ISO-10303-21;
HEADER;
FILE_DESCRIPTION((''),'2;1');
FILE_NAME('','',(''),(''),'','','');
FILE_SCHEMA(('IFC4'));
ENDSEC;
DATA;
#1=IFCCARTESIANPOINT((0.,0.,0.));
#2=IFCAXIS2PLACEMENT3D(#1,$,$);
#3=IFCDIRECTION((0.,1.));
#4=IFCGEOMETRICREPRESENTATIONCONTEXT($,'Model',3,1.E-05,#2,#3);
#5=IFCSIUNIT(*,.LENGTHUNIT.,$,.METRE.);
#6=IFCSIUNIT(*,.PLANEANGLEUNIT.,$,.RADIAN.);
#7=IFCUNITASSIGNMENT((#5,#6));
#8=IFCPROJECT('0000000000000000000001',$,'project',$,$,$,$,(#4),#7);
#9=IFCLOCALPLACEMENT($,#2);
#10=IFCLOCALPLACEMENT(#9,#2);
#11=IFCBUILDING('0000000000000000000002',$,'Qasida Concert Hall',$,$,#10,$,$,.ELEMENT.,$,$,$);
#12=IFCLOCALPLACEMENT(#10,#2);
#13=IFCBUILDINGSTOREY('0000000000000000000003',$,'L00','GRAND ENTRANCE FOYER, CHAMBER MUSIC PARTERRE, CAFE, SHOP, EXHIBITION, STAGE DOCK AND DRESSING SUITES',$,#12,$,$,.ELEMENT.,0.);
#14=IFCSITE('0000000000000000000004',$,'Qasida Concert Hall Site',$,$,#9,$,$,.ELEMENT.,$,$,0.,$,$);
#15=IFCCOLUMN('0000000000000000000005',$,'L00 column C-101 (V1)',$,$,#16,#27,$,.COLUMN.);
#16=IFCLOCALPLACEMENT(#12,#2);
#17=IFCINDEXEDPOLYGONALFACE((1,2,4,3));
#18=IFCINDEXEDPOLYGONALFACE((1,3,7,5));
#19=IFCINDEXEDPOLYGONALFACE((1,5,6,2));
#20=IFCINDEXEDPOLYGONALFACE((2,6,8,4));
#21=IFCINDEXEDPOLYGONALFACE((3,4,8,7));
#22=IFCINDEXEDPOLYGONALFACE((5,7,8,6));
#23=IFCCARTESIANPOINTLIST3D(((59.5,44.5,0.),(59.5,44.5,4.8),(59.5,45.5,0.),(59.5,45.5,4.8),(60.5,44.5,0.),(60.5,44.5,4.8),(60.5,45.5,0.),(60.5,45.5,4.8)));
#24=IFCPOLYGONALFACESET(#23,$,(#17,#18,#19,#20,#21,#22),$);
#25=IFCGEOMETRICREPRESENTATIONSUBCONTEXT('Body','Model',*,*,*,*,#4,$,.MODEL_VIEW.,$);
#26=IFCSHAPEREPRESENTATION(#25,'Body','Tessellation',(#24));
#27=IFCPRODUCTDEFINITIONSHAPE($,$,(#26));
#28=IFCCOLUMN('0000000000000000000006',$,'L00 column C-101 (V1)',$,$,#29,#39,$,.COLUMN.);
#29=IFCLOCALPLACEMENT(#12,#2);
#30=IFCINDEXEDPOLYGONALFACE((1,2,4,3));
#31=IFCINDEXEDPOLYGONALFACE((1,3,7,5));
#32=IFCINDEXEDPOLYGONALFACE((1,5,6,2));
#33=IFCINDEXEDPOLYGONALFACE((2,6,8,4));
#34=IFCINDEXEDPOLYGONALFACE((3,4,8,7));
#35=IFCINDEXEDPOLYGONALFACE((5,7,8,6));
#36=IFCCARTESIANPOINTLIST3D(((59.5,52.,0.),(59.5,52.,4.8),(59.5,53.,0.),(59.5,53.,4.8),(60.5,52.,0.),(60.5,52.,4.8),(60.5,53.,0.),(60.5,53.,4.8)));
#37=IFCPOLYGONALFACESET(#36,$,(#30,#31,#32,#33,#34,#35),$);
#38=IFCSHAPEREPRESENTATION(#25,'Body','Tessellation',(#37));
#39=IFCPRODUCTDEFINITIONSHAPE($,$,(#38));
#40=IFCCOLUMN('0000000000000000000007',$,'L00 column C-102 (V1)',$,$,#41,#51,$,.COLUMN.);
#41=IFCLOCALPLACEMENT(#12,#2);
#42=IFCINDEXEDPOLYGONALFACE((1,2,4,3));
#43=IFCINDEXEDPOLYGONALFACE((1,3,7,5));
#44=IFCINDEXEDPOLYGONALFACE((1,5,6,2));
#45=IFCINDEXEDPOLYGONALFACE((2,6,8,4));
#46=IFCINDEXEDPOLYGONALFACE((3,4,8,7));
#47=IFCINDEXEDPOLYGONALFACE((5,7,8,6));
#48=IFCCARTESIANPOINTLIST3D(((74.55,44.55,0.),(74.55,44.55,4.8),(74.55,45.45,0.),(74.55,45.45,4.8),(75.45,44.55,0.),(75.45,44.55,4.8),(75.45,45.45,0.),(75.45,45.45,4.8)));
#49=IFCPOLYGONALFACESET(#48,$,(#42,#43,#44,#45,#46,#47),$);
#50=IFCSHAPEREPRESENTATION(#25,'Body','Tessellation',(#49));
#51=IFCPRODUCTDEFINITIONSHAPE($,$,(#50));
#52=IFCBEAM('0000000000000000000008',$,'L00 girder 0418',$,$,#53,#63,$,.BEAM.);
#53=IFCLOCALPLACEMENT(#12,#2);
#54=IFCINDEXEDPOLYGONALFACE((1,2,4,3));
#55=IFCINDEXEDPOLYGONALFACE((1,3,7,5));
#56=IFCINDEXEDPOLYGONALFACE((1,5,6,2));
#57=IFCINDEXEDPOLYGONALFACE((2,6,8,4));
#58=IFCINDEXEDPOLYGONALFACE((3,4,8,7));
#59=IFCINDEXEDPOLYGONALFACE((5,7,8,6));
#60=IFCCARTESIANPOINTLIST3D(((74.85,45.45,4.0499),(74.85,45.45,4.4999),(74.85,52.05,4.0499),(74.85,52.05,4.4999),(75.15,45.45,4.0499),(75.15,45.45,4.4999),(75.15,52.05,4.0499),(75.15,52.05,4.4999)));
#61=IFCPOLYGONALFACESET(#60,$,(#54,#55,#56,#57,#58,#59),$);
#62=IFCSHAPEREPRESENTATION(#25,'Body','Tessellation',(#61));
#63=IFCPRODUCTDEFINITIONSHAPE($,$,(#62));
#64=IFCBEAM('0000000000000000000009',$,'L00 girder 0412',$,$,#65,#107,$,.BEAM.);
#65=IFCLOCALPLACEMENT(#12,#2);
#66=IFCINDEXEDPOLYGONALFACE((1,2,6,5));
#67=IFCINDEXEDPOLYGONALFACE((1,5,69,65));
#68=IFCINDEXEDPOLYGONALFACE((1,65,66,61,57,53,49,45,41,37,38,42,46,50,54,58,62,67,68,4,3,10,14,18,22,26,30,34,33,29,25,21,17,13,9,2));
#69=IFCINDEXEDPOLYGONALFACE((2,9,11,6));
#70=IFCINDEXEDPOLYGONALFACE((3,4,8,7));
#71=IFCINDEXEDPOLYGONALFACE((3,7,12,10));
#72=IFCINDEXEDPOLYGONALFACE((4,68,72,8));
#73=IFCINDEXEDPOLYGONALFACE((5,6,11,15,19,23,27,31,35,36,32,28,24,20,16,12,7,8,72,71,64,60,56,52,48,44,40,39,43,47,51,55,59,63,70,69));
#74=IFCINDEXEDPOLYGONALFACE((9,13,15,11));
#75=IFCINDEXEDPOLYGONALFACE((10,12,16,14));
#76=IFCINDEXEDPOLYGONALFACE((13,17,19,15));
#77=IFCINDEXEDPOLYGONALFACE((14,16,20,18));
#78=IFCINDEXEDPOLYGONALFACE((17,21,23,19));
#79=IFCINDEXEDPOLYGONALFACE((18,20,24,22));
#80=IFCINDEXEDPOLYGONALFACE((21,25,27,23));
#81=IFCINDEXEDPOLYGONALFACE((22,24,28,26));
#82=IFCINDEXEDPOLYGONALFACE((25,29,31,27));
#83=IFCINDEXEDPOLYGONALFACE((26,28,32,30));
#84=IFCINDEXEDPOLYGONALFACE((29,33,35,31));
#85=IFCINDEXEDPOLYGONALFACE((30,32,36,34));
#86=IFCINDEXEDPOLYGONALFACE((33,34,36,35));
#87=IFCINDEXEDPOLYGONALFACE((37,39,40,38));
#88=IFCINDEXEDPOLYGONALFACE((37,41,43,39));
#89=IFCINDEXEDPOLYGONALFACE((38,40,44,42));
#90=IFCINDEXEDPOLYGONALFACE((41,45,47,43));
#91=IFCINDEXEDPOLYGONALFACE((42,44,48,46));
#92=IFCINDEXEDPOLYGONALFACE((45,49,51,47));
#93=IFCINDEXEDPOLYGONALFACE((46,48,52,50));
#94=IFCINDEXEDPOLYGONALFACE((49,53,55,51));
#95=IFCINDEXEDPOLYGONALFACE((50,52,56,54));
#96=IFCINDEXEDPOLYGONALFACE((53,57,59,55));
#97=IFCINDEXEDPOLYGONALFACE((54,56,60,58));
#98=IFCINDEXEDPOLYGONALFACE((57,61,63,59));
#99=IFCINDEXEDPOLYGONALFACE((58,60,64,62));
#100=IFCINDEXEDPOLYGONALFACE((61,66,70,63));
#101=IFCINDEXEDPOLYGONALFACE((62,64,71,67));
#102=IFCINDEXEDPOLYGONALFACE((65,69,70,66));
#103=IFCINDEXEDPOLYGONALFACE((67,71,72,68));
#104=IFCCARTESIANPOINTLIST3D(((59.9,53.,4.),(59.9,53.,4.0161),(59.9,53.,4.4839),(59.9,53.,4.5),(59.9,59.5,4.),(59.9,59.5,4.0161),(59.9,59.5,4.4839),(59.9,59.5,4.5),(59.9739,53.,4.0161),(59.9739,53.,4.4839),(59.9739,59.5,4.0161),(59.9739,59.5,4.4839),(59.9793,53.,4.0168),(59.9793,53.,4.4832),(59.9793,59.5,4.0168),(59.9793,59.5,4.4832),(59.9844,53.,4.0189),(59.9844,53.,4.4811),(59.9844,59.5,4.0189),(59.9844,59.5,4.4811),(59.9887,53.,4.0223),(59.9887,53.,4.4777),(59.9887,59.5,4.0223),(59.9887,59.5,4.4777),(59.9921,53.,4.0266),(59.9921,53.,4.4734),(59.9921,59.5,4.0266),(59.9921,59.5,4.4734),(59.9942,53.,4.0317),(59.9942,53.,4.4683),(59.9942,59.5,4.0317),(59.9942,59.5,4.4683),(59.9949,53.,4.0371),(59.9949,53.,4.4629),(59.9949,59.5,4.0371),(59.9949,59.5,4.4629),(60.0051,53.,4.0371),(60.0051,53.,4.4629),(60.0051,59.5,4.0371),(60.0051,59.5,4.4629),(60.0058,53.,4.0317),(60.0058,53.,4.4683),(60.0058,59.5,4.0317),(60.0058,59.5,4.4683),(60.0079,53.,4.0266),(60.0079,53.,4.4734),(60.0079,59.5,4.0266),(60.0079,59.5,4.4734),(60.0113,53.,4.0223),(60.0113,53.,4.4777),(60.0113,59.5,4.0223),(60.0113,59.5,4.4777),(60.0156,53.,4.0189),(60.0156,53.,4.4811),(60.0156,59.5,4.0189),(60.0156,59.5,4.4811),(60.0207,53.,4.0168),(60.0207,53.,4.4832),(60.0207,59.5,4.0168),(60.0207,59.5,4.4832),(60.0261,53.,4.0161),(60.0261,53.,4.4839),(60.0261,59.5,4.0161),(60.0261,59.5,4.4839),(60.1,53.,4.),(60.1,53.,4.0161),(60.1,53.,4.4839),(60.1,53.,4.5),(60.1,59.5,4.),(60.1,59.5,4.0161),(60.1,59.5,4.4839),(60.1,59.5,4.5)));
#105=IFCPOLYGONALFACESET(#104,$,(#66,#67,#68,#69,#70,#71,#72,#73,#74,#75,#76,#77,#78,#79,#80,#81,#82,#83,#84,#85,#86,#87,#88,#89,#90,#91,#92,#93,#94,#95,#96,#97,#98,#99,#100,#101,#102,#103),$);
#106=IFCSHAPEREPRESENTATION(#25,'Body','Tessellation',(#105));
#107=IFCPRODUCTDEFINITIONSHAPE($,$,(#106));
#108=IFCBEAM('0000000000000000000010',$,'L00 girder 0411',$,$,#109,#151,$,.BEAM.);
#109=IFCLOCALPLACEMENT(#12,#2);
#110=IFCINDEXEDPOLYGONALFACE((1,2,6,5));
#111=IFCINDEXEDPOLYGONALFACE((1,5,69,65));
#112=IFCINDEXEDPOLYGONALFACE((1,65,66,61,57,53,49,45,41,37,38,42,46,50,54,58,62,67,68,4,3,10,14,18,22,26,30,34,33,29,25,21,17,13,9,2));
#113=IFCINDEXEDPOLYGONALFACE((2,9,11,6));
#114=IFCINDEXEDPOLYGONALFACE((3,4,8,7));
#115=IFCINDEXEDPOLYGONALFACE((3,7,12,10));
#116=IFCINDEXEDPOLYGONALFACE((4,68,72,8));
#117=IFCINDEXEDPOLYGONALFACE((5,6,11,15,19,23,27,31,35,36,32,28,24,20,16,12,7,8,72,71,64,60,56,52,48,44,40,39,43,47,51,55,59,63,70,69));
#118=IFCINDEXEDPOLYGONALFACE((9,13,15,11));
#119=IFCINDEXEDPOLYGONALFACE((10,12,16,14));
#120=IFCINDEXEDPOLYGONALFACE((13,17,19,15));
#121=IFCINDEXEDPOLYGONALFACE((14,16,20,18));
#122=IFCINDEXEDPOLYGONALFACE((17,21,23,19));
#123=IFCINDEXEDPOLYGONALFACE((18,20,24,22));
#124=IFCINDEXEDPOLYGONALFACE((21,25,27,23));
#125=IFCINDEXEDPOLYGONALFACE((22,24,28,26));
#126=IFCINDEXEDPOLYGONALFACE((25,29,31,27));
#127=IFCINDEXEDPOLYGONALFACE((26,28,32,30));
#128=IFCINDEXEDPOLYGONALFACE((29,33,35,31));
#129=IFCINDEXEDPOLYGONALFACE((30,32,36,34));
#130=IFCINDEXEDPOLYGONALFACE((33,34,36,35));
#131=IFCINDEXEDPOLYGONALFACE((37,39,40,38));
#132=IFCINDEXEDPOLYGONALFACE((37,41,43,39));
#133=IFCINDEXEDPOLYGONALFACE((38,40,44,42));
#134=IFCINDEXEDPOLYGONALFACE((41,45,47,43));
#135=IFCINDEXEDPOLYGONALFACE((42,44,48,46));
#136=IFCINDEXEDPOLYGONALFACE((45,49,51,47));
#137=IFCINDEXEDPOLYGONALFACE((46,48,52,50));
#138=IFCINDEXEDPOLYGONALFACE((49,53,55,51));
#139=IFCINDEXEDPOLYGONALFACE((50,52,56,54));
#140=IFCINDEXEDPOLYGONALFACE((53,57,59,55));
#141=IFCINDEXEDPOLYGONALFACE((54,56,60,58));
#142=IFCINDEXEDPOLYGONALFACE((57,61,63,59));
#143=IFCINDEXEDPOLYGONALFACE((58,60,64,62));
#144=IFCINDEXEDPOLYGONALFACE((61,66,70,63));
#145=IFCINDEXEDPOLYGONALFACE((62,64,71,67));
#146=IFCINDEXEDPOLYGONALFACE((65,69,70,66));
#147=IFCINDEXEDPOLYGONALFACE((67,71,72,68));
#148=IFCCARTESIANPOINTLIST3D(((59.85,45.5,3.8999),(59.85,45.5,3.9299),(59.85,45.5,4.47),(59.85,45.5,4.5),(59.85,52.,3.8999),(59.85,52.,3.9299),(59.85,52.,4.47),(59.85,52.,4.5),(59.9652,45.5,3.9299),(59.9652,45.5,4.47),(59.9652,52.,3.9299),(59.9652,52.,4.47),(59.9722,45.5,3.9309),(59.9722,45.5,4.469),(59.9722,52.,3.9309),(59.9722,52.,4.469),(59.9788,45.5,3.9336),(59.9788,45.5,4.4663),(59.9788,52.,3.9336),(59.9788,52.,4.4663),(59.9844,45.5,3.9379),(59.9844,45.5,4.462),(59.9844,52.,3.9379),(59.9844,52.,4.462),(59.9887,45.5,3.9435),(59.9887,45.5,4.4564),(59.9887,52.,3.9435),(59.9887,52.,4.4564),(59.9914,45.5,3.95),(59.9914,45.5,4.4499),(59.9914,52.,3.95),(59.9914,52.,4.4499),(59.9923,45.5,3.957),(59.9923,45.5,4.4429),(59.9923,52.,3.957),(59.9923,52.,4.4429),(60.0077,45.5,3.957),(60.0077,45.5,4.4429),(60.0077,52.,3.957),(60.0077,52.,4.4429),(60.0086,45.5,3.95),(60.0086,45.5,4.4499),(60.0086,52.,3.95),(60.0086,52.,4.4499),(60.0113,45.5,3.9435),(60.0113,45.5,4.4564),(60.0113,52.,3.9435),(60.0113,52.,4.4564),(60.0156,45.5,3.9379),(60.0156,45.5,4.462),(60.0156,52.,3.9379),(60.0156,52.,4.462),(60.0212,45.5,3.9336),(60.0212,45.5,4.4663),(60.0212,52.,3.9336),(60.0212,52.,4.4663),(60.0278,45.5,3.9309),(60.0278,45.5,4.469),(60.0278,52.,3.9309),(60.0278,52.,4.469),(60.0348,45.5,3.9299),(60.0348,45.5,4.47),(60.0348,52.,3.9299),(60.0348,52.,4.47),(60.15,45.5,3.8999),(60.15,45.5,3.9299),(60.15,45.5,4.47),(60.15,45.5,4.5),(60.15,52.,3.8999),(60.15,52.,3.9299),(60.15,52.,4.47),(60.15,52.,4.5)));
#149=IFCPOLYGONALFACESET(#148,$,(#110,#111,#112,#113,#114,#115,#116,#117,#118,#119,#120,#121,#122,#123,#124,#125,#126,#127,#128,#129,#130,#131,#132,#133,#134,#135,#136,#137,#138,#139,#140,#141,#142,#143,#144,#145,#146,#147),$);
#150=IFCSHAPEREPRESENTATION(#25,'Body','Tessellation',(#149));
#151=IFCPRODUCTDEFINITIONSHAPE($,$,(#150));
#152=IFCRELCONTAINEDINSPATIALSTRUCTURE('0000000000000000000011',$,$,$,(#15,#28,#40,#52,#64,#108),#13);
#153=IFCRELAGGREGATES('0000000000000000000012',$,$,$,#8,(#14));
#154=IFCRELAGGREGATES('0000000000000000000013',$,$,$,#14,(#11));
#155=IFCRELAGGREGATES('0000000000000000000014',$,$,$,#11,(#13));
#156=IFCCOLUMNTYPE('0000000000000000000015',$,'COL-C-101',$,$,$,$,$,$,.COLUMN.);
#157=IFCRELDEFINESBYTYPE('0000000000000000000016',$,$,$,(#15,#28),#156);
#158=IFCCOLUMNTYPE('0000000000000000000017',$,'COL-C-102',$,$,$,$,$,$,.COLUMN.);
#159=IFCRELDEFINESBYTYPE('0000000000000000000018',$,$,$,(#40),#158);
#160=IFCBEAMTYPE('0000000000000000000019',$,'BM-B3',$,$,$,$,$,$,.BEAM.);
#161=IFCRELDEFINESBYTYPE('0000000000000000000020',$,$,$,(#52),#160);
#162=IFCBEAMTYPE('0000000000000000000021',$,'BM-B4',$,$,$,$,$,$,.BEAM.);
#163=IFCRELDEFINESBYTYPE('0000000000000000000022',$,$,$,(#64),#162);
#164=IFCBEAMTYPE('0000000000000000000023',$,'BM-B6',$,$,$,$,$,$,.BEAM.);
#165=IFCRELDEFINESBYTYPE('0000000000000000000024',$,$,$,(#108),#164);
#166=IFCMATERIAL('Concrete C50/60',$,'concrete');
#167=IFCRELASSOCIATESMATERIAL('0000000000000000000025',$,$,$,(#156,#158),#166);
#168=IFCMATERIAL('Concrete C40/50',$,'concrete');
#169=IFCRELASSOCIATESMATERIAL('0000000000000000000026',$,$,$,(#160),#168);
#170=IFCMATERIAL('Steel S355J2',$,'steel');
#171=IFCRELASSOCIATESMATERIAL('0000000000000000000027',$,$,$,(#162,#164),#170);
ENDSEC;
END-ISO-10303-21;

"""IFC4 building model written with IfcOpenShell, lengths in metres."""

from ifc_helpers import new_model, si_unit, direction, frame, origin, origin_2d, place, context, subcontext, project, spatial, rectangle, i_section, extrude, material, material_profile, profile_set, type_object, element, save


model = new_model("IFC4")

# Units and contexts
model_context = context("Model", 3, precision=1e-05, world=origin(), true_north=direction((0.0, 1.0)))
body_context = subcontext(model_context, "Body", "Model", "MODEL_VIEW")
ifc_project = project(units=[si_unit("LENGTHUNIT", "METRE"), si_unit("PLANEANGLEUNIT", "RADIAN")], contexts=[model_context])

# Site, building, storey
site_placement = place(None, origin())
site = spatial("IfcSite", under=ifc_project, at=site_placement, Name="Qasida Concert Hall Site", CompositionType="ELEMENT", RefElevation=0.0)
building_placement = place(site_placement, origin())
building = spatial("IfcBuilding", under=site, at=building_placement, Name="Qasida Concert Hall", CompositionType="ELEMENT")
storey_placement = place(building_placement, origin())
storey = spatial("IfcBuildingStorey", under=building, at=storey_placement, Name="L00", Description="GRAND ENTRANCE FOYER, CHAMBER MUSIC PARTERRE, CAFE, SHOP, EXHIBITION, STAGE DOCK AND DRESSING SUITES", CompositionType="ELEMENT", Elevation=0.0)

# Columns
ifc_material_1 = material(Name="Concrete C50/60", Category="concrete")
ifc_material_profile_1 = material_profile(ifc_material_1, rectangle(XDim=1.0, YDim=1.0, at=origin_2d()), Name="RC 1000x1000")
ifc_profile_set_1 = profile_set([ifc_material_profile_1], Name="Concrete C50/60")
column_type_1 = type_object("IfcColumnType", Name="COL-C-101", PredefinedType="COLUMN", material=ifc_profile_set_1)
for number, where, z_axis, x_axis, name in (
    (1, (60.0, 45.0, 0.0), (0.0, 0.0, 1.0), (1.0, 0.0, 0.0), "L00 column C-101 (V1)"),
    (2, (60.0, 52.5, 0.0), (0.0, 0.0, 1.0), (1.0, 0.0, 0.0), "L00 column C-101 (V1)"),
):
    element("IfcColumn", number, at=place(storey_placement, frame(where, z_axis=z_axis, x_axis=x_axis)), inside=storey, type_object=column_type_1, Name=name, PredefinedType="COLUMN", context=body_context, shape_type="SweptSolid", body=[
        extrude(rectangle(XDim=1.0, YDim=1.0, at=origin_2d()), origin(), (0.0, 0.0, 1.0), 4.8),
    ])
ifc_material_profile_2 = material_profile(ifc_material_1, rectangle(XDim=0.8999, YDim=0.8999, at=origin_2d()), Name="RC 900x900")
ifc_profile_set_2 = profile_set([ifc_material_profile_2], Name="Concrete C50/60")
column_type_2 = type_object("IfcColumnType", Name="COL-C-102", PredefinedType="COLUMN", material=ifc_profile_set_2)
column_placement = place(storey_placement, frame((75.0, 45.0, 0.0), z_axis=(0.0, 0.0, 1.0), x_axis=(1.0, 0.0, 0.0)))
element("IfcColumn", 3, at=column_placement, inside=storey, type_object=column_type_2, Name="L00 column C-102 (V1)", PredefinedType="COLUMN", context=body_context, shape_type="SweptSolid", body=[
    extrude(rectangle(XDim=0.8999, YDim=0.8999, at=origin_2d()), origin(), (0.0, 0.0, 1.0), 4.8),
])

# Beams
ifc_material_2 = material(Name="Concrete C40/50", Category="concrete")
ifc_material_profile_3 = material_profile(ifc_material_2, rectangle(XDim=0.3, YDim=0.45, at=origin_2d()), Name="RC 300x450")
ifc_profile_set_3 = profile_set([ifc_material_profile_3], Name="Concrete C40/50")
beam_type_1 = type_object("IfcBeamType", Name="BM-B3", PredefinedType="BEAM", material=ifc_profile_set_3)
beam_1_placement = place(storey_placement, frame((75.0, 45.45, 4.2749), z_axis=(0.0, 1.0, 0.0), x_axis=(-1.0, 0.0, 0.0)))
element("IfcBeam", 4, at=beam_1_placement, inside=storey, type_object=beam_type_1, Name="L00 girder 0418", PredefinedType="BEAM", context=body_context, shape_type="SweptSolid", body=[
    extrude(rectangle(XDim=0.3, YDim=0.45, at=origin_2d()), origin(), (0.0, 0.0, 1.0), 6.6001),
])
ifc_material_3 = material(Name="Steel S355J2", Category="steel")
ifc_material_profile_4 = material_profile(ifc_material_3, i_section(OverallWidth=0.2, OverallDepth=0.5, WebThickness=0.0103, FlangeThickness=0.0161, FilletRadius=0.021, at=origin_2d()), Name="IPE 500")
ifc_profile_set_4 = profile_set([ifc_material_profile_4], Name="Steel S355J2")
beam_type_2 = type_object("IfcBeamType", Name="BM-B4", PredefinedType="BEAM", material=ifc_profile_set_4)
beam_2_placement = place(storey_placement, frame((60.0, 53.0, 4.25), z_axis=(0.0, 1.0, 0.0), x_axis=(-1.0, 0.0, 0.0)))
element("IfcBeam", 5, at=beam_2_placement, inside=storey, type_object=beam_type_2, Name="L00 girder 0412", PredefinedType="BEAM", context=body_context, shape_type="SweptSolid", body=[
    extrude(i_section(OverallWidth=0.2, OverallDepth=0.5, WebThickness=0.0103, FlangeThickness=0.0161, FilletRadius=0.021, at=origin_2d()), origin(), (0.0, 0.0, 1.0), 6.5),
])
ifc_material_profile_5 = material_profile(ifc_material_3, i_section(OverallWidth=0.3, OverallDepth=0.6001, WebThickness=0.0154, FlangeThickness=0.03, FilletRadius=0.0271, at=origin_2d()), Name="HEB 600")
ifc_profile_set_5 = profile_set([ifc_material_profile_5], Name="Steel S355J2")
beam_type_3 = type_object("IfcBeamType", Name="BM-B6", PredefinedType="BEAM", material=ifc_profile_set_5)
beam_3_placement = place(storey_placement, frame((60.0, 45.5, 4.2), z_axis=(0.0, 1.0, 0.0), x_axis=(-1.0, 0.0, 0.0)))
element("IfcBeam", 6, at=beam_3_placement, inside=storey, type_object=beam_type_3, Name="L00 girder 0411", PredefinedType="BEAM", context=body_context, shape_type="SweptSolid", body=[
    extrude(i_section(OverallWidth=0.3, OverallDepth=0.6001, WebThickness=0.0154, FlangeThickness=0.03, FilletRadius=0.0271, at=origin_2d()), origin(), (0.0, 0.0, 1.0), 6.5),
])

save(model, "model.ifc")
